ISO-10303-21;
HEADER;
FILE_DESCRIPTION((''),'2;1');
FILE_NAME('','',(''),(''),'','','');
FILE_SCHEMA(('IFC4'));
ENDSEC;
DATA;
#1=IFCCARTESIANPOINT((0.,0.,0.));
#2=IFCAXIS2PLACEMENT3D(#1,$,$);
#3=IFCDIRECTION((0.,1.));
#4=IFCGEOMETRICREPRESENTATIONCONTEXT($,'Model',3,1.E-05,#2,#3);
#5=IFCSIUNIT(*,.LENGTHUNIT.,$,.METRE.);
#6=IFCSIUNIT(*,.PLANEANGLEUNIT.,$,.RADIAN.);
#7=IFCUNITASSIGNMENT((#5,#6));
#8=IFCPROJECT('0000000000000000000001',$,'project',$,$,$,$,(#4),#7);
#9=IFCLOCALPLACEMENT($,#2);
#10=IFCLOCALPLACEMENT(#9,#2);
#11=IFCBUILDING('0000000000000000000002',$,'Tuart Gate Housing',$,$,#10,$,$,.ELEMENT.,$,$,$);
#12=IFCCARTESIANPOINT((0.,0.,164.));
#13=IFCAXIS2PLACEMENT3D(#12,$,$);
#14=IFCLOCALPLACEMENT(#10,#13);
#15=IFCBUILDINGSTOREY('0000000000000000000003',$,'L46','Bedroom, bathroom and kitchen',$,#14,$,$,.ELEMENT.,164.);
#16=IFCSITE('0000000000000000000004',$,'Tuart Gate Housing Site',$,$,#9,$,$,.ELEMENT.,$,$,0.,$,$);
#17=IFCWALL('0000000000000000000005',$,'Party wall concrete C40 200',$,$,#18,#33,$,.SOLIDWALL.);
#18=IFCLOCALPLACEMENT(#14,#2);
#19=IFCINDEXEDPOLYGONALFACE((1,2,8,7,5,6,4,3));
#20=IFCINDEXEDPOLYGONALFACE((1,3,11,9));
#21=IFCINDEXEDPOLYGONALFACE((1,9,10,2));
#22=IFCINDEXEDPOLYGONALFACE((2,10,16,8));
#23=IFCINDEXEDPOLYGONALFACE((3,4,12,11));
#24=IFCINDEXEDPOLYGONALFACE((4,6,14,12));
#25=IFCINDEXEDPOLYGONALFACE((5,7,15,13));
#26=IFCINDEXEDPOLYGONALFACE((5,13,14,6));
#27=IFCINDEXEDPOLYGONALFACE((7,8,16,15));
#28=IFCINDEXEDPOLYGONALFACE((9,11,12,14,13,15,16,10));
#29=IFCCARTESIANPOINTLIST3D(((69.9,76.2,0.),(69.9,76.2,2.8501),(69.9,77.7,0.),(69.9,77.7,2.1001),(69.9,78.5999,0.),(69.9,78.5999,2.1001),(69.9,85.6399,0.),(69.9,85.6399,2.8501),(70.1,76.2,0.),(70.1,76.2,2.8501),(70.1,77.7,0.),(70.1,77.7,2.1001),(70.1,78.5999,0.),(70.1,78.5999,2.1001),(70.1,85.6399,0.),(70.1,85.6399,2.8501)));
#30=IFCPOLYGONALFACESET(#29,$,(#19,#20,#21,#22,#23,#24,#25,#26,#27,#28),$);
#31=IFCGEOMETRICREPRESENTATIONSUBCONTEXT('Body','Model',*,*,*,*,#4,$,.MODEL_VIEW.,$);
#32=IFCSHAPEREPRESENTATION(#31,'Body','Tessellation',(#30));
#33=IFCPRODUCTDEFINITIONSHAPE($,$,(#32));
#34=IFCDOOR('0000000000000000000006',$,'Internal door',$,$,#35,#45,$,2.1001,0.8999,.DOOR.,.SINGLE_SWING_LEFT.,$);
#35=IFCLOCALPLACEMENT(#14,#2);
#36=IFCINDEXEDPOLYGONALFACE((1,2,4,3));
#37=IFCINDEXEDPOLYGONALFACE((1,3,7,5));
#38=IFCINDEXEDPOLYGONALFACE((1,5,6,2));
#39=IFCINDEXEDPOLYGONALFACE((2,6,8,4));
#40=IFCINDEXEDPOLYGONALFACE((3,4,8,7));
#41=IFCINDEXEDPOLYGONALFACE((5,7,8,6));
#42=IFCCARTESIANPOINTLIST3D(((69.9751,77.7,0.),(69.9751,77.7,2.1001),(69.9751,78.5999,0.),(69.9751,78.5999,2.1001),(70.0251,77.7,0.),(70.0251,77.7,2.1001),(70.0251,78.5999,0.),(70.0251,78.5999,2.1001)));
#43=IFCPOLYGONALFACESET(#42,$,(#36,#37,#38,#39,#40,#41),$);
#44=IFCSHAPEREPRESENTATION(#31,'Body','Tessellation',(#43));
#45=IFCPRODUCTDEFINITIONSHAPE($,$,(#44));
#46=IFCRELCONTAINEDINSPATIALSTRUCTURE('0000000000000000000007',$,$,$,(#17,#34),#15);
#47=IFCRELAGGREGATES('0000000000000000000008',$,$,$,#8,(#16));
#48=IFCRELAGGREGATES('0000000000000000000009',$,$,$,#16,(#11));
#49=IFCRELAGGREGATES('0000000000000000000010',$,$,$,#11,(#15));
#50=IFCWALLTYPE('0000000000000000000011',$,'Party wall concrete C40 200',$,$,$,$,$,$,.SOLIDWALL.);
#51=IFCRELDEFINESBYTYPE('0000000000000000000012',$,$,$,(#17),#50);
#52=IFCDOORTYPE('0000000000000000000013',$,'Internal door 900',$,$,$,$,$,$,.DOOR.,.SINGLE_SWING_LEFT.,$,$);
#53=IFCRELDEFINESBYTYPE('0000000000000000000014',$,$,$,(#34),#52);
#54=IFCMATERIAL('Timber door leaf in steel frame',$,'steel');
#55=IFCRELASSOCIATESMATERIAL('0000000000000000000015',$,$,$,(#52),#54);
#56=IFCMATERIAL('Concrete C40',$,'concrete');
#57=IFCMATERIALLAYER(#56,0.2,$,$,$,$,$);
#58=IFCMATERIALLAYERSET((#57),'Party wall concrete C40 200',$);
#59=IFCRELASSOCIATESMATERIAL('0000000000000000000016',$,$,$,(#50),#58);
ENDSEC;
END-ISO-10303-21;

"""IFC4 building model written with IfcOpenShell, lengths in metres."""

from ifc_helpers import new_model, si_unit, direction, frame, frame_2d, origin, place, context, subcontext, project, spatial, rectangle, extrude, material, layer, layer_set, type_object, element, fill, save


model = new_model("IFC4")

# Units and contexts
model_context = context("Model", 3, precision=1e-05, world=origin(), true_north=direction((0.0, 1.0)))
body_context = subcontext(model_context, "Body", "Model", "MODEL_VIEW")
ifc_project = project(units=[si_unit("LENGTHUNIT", "METRE"), si_unit("PLANEANGLEUNIT", "RADIAN")], contexts=[model_context])

# Site, building, storey
site_placement = place(None, origin())
site = spatial("IfcSite", under=ifc_project, at=site_placement, Name="Tuart Gate Housing Site", CompositionType="ELEMENT", RefElevation=0.0)
building_placement = place(site_placement, origin())
building = spatial("IfcBuilding", under=site, at=building_placement, Name="Tuart Gate Housing", CompositionType="ELEMENT")
storey_placement = place(building_placement, frame((0.0, 0.0, 164.0)))
storey = spatial("IfcBuildingStorey", under=building, at=storey_placement, Name="L46", Description="Bedroom, bathroom and kitchen", CompositionType="ELEMENT", Elevation=164.0)

# Shared definitions
ifc_material_1 = material(Name="Timber door leaf in steel frame", Category="steel")
door_type_1 = type_object("IfcDoorType", Name="Internal door 900", OperationType="SINGLE_SWING_LEFT", PredefinedType="DOOR", material=ifc_material_1)

# Shared definitions
ifc_material_2 = material(Name="Concrete C40", Category="concrete")
ifc_layer_1 = layer(ifc_material_2, 0.2)
ifc_layer_set_1 = layer_set([ifc_layer_1], Name="Party wall concrete C40 200")
wall_type_1 = type_object("IfcWallType", Name="Party wall concrete C40 200", PredefinedType="SOLIDWALL", material=ifc_layer_set_1)

# Wall, opening, door
wall_1_placement = place(storey_placement, frame((70.0, 76.2, 0.0), z_axis=(0.0, 0.0, 1.0), x_axis=(0.0, 1.0, 0.0)))
wall_1 = element("IfcWall", 1, at=wall_1_placement, inside=storey, type_object=wall_type_1, Name="Party wall concrete C40 200", PredefinedType="SOLIDWALL", context=body_context, shape_type="SweptSolid", body=[
    extrude(rectangle(XDim=9.4399, YDim=0.2, at=frame_2d((4.72, 0.0))), origin(), (0.0, 0.0, 1.0), 2.8501),
])
opening_1_placement = place(wall_1_placement, frame((1.5, 0.0, 0.0)))
opening_1 = element("IfcOpeningElement", 2, at=opening_1_placement, cuts=wall_1, PredefinedType="OPENING", context=body_context, shape_type="SweptSolid", body=[
    extrude(rectangle(XDim=0.8999, YDim=2.1001, at=frame_2d((0.45, 1.05))), frame((0.0, 0.1099, 0.0), z_axis=(0.0, -1.0, 0.0), x_axis=(1.0, 0.0, 0.0)), (0.0, 0.0, 1.0), 0.22),
])
door_1_placement = place(opening_1_placement, origin())
door_1 = element("IfcDoor", 3, at=door_1_placement, inside=storey, type_object=door_type_1, Name="Internal door", OperationType="SINGLE_SWING_LEFT", OverallHeight=2.1001, OverallWidth=0.8999, PredefinedType="DOOR", context=body_context, shape_type="SweptSolid", body=[
    extrude(rectangle(XDim=0.8999, YDim=2.1001, at=frame_2d((0.45, 1.05))), frame((0.0, 0.0249, 0.0), z_axis=(0.0, -1.0, 0.0), x_axis=(1.0, 0.0, 0.0)), (0.0, 0.0, 1.0), 0.05),
])
fill(opening_1, door_1)

save(model, "model.ifc")
